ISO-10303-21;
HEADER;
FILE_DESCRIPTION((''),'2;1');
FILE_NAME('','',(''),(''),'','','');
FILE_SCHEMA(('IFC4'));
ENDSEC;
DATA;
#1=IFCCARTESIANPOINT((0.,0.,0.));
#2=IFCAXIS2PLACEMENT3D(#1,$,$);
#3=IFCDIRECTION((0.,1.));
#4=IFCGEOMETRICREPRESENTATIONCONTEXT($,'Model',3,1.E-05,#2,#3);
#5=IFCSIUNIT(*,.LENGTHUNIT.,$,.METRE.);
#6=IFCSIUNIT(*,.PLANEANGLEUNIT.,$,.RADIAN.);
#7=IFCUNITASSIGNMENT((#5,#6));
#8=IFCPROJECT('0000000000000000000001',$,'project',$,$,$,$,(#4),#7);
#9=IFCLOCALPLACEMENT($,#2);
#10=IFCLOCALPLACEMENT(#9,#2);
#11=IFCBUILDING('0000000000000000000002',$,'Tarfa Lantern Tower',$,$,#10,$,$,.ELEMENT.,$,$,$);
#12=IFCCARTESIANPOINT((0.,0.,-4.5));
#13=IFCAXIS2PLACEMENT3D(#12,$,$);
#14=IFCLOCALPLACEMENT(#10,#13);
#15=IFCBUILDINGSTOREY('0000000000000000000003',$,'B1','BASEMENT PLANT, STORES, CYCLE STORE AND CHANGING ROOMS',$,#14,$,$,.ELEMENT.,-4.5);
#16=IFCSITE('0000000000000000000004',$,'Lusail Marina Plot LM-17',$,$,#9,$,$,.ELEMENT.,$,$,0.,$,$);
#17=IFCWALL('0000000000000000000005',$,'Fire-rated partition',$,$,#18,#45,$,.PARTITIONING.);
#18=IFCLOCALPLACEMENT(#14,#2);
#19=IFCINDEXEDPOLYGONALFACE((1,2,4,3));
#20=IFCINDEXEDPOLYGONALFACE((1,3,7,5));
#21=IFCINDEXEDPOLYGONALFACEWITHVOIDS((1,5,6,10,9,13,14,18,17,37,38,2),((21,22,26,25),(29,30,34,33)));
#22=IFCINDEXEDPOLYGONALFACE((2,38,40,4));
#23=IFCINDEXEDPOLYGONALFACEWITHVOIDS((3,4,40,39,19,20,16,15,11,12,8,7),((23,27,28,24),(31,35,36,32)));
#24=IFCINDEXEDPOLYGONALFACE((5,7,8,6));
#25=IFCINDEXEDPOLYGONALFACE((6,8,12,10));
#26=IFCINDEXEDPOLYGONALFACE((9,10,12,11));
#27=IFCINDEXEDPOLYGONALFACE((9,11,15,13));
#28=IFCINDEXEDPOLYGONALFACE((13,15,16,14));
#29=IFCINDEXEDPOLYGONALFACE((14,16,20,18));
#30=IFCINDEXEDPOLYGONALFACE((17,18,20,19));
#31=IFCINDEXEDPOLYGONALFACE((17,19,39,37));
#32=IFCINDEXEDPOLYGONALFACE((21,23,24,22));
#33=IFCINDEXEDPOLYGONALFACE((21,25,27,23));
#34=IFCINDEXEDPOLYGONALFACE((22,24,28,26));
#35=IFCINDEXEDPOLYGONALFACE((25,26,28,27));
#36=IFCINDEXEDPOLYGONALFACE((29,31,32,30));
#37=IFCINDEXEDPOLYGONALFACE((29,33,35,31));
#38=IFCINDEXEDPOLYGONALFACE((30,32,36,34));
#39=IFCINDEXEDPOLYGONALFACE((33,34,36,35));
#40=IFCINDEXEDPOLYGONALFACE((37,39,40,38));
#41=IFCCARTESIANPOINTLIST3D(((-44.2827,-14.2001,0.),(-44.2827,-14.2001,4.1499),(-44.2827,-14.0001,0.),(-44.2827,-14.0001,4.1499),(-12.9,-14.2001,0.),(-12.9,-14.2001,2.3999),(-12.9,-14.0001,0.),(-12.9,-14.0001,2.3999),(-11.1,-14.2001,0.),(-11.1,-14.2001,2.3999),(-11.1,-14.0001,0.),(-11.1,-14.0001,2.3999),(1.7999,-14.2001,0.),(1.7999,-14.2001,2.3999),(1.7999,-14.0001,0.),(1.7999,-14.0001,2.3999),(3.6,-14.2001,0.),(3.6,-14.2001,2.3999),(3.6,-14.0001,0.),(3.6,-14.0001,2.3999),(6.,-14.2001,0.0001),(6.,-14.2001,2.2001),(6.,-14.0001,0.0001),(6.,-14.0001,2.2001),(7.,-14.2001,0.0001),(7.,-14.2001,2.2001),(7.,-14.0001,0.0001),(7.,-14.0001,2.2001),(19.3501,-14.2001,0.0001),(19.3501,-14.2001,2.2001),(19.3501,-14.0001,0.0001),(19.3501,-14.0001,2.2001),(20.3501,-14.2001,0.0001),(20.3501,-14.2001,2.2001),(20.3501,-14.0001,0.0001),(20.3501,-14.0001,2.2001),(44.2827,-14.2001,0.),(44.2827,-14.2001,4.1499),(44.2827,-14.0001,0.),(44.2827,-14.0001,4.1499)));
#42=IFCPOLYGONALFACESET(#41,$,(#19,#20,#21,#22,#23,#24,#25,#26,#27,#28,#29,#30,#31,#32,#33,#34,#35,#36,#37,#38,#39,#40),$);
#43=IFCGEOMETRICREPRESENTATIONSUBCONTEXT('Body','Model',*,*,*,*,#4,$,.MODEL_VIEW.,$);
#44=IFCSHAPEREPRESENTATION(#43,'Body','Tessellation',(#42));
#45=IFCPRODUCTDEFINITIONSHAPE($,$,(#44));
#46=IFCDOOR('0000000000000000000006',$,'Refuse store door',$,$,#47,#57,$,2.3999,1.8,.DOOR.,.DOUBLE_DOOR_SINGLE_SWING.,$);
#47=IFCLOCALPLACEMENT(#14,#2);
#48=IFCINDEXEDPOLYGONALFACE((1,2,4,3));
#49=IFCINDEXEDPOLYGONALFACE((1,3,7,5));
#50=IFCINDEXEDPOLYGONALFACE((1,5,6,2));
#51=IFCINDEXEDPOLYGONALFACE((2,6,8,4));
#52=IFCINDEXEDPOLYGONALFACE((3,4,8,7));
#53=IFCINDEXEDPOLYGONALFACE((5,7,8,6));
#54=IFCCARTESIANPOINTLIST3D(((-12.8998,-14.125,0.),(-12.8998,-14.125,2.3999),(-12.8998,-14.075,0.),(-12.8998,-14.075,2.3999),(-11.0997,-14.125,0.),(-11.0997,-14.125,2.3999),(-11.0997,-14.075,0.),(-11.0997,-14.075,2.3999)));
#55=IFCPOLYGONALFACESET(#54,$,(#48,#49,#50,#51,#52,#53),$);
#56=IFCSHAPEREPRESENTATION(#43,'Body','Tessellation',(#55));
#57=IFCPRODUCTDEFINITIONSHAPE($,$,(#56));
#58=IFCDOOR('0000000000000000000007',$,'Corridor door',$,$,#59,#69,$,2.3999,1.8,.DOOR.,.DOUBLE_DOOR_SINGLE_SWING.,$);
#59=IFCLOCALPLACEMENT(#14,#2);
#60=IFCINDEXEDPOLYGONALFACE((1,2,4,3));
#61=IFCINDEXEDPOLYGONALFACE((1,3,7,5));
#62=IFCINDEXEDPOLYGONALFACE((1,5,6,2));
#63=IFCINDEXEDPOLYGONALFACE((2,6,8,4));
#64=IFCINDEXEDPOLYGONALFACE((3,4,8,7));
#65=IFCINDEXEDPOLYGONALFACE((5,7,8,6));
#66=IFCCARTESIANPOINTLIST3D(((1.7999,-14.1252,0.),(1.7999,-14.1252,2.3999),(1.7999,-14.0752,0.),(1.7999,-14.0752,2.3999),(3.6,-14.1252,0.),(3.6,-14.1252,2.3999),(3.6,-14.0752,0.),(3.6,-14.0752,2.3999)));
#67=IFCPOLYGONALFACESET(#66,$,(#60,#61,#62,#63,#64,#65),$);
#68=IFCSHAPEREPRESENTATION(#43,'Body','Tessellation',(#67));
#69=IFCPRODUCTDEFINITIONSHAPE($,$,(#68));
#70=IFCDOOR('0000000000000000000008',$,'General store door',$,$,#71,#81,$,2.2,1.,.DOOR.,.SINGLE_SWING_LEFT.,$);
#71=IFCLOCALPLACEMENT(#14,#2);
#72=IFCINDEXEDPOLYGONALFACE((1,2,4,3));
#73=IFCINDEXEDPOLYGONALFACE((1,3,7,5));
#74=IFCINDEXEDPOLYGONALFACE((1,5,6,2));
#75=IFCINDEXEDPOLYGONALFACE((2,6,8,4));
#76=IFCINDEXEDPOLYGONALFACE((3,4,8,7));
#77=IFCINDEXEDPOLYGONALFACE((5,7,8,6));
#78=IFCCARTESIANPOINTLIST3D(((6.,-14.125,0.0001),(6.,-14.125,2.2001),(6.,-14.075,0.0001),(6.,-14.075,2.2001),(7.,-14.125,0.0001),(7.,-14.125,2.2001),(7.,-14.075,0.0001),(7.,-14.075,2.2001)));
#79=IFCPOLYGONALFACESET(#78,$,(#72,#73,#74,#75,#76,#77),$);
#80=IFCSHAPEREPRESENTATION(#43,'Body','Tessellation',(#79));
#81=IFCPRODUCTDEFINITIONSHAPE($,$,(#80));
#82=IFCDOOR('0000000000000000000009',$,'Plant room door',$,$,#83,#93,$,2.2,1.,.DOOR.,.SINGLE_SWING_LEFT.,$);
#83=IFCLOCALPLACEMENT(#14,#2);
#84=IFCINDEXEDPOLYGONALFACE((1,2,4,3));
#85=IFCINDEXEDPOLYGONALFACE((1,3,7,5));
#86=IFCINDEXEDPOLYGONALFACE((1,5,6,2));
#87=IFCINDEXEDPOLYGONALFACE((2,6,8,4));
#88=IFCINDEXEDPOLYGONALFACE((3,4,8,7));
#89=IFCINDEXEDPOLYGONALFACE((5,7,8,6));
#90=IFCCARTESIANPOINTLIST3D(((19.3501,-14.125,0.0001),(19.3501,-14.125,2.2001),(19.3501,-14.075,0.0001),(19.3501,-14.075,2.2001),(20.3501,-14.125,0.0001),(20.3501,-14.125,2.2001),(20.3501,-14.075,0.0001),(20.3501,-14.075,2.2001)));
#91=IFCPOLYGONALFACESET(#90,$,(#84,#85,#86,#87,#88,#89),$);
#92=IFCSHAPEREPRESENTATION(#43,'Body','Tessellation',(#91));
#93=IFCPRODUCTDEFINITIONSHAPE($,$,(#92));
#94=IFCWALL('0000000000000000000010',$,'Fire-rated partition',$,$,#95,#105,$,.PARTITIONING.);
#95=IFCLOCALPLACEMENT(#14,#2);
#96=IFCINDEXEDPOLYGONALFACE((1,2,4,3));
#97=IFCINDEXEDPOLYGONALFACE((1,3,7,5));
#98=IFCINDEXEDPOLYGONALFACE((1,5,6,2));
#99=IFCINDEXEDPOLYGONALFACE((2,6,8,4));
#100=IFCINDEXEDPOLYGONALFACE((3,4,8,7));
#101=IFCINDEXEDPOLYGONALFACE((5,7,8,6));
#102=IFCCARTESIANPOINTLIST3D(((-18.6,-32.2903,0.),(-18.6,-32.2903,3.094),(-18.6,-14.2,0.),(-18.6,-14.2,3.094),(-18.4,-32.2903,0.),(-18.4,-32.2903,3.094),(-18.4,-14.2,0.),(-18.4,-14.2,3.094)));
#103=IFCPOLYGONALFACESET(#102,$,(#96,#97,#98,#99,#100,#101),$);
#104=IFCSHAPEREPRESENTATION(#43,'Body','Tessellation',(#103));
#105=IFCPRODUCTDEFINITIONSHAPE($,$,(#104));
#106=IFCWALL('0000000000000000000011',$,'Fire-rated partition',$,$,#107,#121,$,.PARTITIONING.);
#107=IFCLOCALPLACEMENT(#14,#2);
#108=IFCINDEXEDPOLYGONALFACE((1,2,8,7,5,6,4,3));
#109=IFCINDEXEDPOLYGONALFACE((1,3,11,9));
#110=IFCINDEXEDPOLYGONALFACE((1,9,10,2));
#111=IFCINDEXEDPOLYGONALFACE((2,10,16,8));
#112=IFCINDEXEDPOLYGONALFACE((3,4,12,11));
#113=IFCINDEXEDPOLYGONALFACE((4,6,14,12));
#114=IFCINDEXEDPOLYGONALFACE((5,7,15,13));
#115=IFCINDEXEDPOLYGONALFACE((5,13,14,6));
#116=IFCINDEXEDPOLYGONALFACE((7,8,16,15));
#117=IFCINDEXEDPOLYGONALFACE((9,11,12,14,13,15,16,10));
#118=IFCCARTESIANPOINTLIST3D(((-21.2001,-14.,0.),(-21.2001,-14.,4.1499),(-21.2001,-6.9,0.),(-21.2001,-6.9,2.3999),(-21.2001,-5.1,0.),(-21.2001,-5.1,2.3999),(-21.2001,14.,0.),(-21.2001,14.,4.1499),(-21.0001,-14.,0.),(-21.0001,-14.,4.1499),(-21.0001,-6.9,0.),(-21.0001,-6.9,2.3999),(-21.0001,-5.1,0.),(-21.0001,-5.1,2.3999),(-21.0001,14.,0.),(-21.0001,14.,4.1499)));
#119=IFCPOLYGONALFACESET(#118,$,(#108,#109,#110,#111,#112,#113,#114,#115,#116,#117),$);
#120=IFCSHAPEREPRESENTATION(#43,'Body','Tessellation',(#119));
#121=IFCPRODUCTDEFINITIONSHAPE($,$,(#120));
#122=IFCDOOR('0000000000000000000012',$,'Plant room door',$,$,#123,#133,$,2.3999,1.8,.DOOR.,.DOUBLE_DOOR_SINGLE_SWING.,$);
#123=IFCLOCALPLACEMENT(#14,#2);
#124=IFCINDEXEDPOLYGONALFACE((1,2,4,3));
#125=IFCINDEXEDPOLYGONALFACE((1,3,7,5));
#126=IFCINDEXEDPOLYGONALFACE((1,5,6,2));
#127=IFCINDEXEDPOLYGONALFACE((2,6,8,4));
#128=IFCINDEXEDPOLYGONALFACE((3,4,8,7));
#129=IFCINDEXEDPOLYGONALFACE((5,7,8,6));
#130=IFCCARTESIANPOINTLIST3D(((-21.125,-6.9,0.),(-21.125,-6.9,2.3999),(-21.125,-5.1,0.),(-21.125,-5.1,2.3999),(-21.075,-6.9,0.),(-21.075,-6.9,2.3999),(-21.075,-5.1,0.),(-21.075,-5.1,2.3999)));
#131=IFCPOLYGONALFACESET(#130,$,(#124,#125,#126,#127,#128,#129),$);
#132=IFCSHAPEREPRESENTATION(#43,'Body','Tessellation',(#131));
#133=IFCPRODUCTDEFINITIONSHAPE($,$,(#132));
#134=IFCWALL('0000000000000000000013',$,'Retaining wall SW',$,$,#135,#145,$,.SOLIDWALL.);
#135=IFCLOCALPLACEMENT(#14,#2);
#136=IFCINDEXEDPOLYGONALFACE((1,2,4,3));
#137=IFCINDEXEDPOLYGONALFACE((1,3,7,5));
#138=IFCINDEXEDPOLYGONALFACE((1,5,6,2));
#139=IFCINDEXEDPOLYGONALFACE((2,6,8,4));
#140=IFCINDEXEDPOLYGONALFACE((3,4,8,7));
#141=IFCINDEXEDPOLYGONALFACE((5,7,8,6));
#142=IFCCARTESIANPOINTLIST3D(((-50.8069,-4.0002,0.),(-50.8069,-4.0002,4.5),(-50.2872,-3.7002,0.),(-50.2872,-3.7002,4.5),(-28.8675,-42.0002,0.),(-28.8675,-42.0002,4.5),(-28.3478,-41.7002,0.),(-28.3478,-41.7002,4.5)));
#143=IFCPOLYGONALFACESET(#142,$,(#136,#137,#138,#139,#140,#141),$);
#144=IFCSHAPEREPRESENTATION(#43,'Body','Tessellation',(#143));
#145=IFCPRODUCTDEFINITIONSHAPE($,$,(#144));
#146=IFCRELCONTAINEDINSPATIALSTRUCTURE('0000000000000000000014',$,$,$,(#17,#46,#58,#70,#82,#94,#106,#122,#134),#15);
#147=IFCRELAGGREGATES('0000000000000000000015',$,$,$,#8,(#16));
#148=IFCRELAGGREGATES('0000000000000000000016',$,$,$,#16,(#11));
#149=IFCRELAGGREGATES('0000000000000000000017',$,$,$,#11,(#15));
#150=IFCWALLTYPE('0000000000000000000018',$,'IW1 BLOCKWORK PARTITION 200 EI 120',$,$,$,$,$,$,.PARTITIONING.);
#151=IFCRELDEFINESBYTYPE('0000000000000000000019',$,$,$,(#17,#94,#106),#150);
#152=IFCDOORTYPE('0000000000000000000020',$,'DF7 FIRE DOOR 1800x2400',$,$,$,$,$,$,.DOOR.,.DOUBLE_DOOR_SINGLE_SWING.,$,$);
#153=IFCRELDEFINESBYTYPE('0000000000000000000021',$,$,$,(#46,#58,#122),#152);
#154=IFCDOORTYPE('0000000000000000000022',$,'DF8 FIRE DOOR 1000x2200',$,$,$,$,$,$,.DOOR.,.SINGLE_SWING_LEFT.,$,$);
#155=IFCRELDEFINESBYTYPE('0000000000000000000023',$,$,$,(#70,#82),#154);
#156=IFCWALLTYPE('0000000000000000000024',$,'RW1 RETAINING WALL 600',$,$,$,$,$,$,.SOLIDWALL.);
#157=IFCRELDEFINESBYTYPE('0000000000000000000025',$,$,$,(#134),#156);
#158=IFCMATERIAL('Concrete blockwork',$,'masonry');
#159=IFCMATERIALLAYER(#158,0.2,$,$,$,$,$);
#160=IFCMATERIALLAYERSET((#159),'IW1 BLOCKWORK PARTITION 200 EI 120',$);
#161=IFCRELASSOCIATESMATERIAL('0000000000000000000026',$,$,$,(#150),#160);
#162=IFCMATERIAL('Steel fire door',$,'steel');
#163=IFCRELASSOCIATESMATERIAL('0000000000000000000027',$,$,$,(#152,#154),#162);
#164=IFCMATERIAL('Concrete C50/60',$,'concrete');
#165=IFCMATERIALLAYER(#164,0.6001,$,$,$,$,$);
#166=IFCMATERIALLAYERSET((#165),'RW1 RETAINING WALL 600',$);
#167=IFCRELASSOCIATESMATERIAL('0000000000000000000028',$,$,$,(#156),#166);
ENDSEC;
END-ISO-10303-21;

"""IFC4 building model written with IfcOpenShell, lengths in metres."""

from ifc_helpers import new_model, si_unit, direction, frame, frame_2d, origin, place, context, subcontext, project, spatial, rectangle, extrude, material, layer, layer_set, type_object, element, fill, save


model = new_model("IFC4")

# Units and contexts
model_context = context("Model", 3, precision=1e-05, world=origin(), true_north=direction((0.0, 1.0)))
body_context = subcontext(model_context, "Body", "Model", "MODEL_VIEW")
ifc_project = project(units=[si_unit("LENGTHUNIT", "METRE"), si_unit("PLANEANGLEUNIT", "RADIAN")], contexts=[model_context])

# Site, building, storey
site_placement = place(None, origin())
site = spatial("IfcSite", under=ifc_project, at=site_placement, Name="Lusail Marina Plot LM-17", CompositionType="ELEMENT", RefElevation=0.0)
building_placement = place(site_placement, origin())
building = spatial("IfcBuilding", under=site, at=building_placement, Name="Tarfa Lantern Tower", CompositionType="ELEMENT")
storey_placement = place(building_placement, frame((0.0, 0.0, -4.5)))
storey = spatial("IfcBuildingStorey", under=building, at=storey_placement, Name="B1", Description="BASEMENT PLANT, STORES, CYCLE STORE AND CHANGING ROOMS", CompositionType="ELEMENT", Elevation=-4.5)

# Wall, openings, doors
ifc_material_1 = material(Name="Concrete blockwork", Category="masonry")
ifc_layer_1 = layer(ifc_material_1, 0.2)
ifc_layer_set_1 = layer_set([ifc_layer_1], Name="IW1 BLOCKWORK PARTITION 200 EI 120")
wall_type_1 = type_object("IfcWallType", Name="IW1 BLOCKWORK PARTITION 200 EI 120", PredefinedType="PARTITIONING", material=ifc_layer_set_1)
wall_1_placement = place(storey_placement, frame((-44.2827, -14.1001, 0.0), z_axis=(0.0, 0.0, 1.0), x_axis=(1.0, 0.0, 0.0)))
wall_1 = element("IfcWall", 1, at=wall_1_placement, inside=storey, type_object=wall_type_1, Name="Fire-rated partition", PredefinedType="PARTITIONING", context=body_context, shape_type="SweptSolid", body=[
    extrude(rectangle(XDim=88.5654, YDim=0.2, at=frame_2d((44.2827, 0.0))), origin(), (0.0, 0.0, 1.0), 4.1499),
])
opening_1_placement = place(wall_1_placement, frame((31.3828, 0.0, 0.0)))
opening_1 = element("IfcOpeningElement", 2, at=opening_1_placement, cuts=wall_1, PredefinedType="OPENING", context=body_context, shape_type="SweptSolid", body=[
    extrude(rectangle(XDim=1.8, YDim=2.3999, at=frame_2d((0.8999, 1.2))), frame((0.0, 0.1099, 0.0), z_axis=(0.0, -1.0, 0.0), x_axis=(1.0, 0.0, 0.0)), (0.0, 0.0, 1.0), 0.22),
])
opening_2_placement = place(wall_1_placement, frame((50.2827, 0.0, 0.0)))
opening_2 = element("IfcOpeningElement", 3, at=opening_2_placement, cuts=wall_1, PredefinedType="OPENING", context=body_context, shape_type="SweptSolid", body=[
    extrude(rectangle(XDim=1.0, YDim=2.2, at=frame_2d((0.5, 1.1001))), frame((0.0, 0.1099, 0.0), z_axis=(0.0, -1.0, 0.0), x_axis=(1.0, 0.0, 0.0)), (0.0, 0.0, 1.0), 0.22),
])
opening_3_placement = place(wall_1_placement, frame((46.0828, 0.0, 0.0)))
opening_3 = element("IfcOpeningElement", 4, at=opening_3_placement, cuts=wall_1, PredefinedType="OPENING", context=body_context, shape_type="SweptSolid", body=[
    extrude(rectangle(XDim=1.8, YDim=2.3999, at=frame_2d((0.8999, 1.2))), frame((0.0, 0.1099, 0.0), z_axis=(0.0, -1.0, 0.0), x_axis=(1.0, 0.0, 0.0)), (0.0, 0.0, 1.0), 0.22),
])
opening_4_placement = place(wall_1_placement, frame((63.6328, 0.0, 0.0)))
opening_4 = element("IfcOpeningElement", 5, at=opening_4_placement, cuts=wall_1, PredefinedType="OPENING", context=body_context, shape_type="SweptSolid", body=[
    extrude(rectangle(XDim=1.0, YDim=2.2, at=frame_2d((0.5, 1.1001))), frame((0.0, 0.1099, 0.0), z_axis=(0.0, -1.0, 0.0), x_axis=(1.0, 0.0, 0.0)), (0.0, 0.0, 1.0), 0.22),
])
ifc_material_2 = material(Name="Steel fire door", Category="steel")
door_type_1 = type_object("IfcDoorType", Name="DF7 FIRE DOOR 1800x2400", OperationType="DOUBLE_DOOR_SINGLE_SWING", PredefinedType="DOOR", material=ifc_material_2)
door_1_placement = place(opening_1_placement, frame((1.8, 0.0, 0.0), z_axis=(0.0, 0.0, 1.0), x_axis=(-1.0, 0.0, 0.0)))
door_1 = element("IfcDoor", 6, at=door_1_placement, inside=storey, type_object=door_type_1, Name="Refuse store door", OperationType="DOUBLE_DOOR_SINGLE_SWING", OverallHeight=2.3999, OverallWidth=1.8, PredefinedType="DOOR", context=body_context, shape_type="SweptSolid", body=[
    extrude(rectangle(XDim=1.8, YDim=2.3999, at=frame_2d((0.8999, 1.2))), frame((0.0, 0.0249, 0.0), z_axis=(0.0, -1.0, 0.0), x_axis=(1.0, 0.0, 0.0)), (0.0, 0.0, 1.0), 0.05),
])
fill(opening_1, door_1)
door_2_placement = place(opening_3_placement, origin())
door_2 = element("IfcDoor", 7, at=door_2_placement, inside=storey, type_object=door_type_1, Name="Corridor door", OperationType="DOUBLE_DOOR_SINGLE_SWING", OverallHeight=2.3999, OverallWidth=1.8, PredefinedType="DOOR", context=body_context, shape_type="SweptSolid", body=[
    extrude(rectangle(XDim=1.8, YDim=2.3999, at=frame_2d((0.8999, 1.2))), frame((0.0, 0.0249, 0.0), z_axis=(0.0, -1.0, 0.0), x_axis=(1.0, 0.0, 0.0)), (0.0, 0.0, 1.0), 0.05),
])
fill(opening_3, door_2)
door_type_2 = type_object("IfcDoorType", Name="DF8 FIRE DOOR 1000x2200", OperationType="SINGLE_SWING_LEFT", PredefinedType="DOOR", material=ifc_material_2)
door_3_placement = place(opening_2_placement, frame((1.0, 0.0, 0.0), z_axis=(0.0, 0.0, 1.0), x_axis=(-1.0, 0.0, 0.0)))
door_3 = element("IfcDoor", 8, at=door_3_placement, inside=storey, type_object=door_type_2, Name="General store door", OperationType="SINGLE_SWING_LEFT", OverallHeight=2.2, OverallWidth=1.0, PredefinedType="DOOR", context=body_context, shape_type="SweptSolid", body=[
    extrude(rectangle(XDim=1.0, YDim=2.2, at=frame_2d((0.5, 1.1001))), frame((0.0, 0.0249, 0.0), z_axis=(0.0, -1.0, 0.0), x_axis=(1.0, 0.0, 0.0)), (0.0, 0.0, 1.0), 0.05),
])
fill(opening_2, door_3)
door_4_placement = place(opening_4_placement, frame((1.0, 0.0, 0.0), z_axis=(0.0, 0.0, 1.0), x_axis=(-1.0, 0.0, 0.0)))
door_4 = element("IfcDoor", 9, at=door_4_placement, inside=storey, type_object=door_type_2, Name="Plant room door", OperationType="SINGLE_SWING_LEFT", OverallHeight=2.2, OverallWidth=1.0, PredefinedType="DOOR", context=body_context, shape_type="SweptSolid", body=[
    extrude(rectangle(XDim=1.0, YDim=2.2, at=frame_2d((0.5, 1.1001))), frame((0.0, 0.0249, 0.0), z_axis=(0.0, -1.0, 0.0), x_axis=(1.0, 0.0, 0.0)), (0.0, 0.0, 1.0), 0.05),
])
fill(opening_4, door_4)

# Wall
wall_2_placement = place(storey_placement, frame((-18.5, -14.2, 0.0), z_axis=(0.0, 0.0, 1.0), x_axis=(0.0, -1.0, 0.0)))
element("IfcWall", 10, at=wall_2_placement, inside=storey, type_object=wall_type_1, Name="Fire-rated partition", PredefinedType="PARTITIONING", context=body_context, shape_type="SweptSolid", body=[
    extrude(rectangle(XDim=18.0903, YDim=0.2, at=frame_2d((9.0452, 0.0))), origin(), (0.0, 0.0, 1.0), 3.094),
])

# Wall, opening, door
wall_3_placement = place(storey_placement, frame((-21.1001, -14.0, 0.0), z_axis=(0.0, 0.0, 1.0), x_axis=(0.0, 1.0, 0.0)))
wall_3 = element("IfcWall", 11, at=wall_3_placement, inside=storey, type_object=wall_type_1, Name="Fire-rated partition", PredefinedType="PARTITIONING", context=body_context, shape_type="SweptSolid", body=[
    extrude(rectangle(XDim=28.0, YDim=0.2, at=frame_2d((14.0, 0.0))), origin(), (0.0, 0.0, 1.0), 4.1499),
])
opening_5_placement = place(wall_3_placement, frame((7.1001, 0.0, 0.0)))
opening_5 = element("IfcOpeningElement", 12, at=opening_5_placement, cuts=wall_3, PredefinedType="OPENING", context=body_context, shape_type="SweptSolid", body=[
    extrude(rectangle(XDim=1.8, YDim=2.3999, at=frame_2d((0.8999, 1.2))), frame((0.0, 0.1099, 0.0), z_axis=(0.0, -1.0, 0.0), x_axis=(1.0, 0.0, 0.0)), (0.0, 0.0, 1.0), 0.22),
])
door_5_placement = place(opening_5_placement, origin())
door_5 = element("IfcDoor", 13, at=door_5_placement, inside=storey, type_object=door_type_1, Name="Plant room door", OperationType="DOUBLE_DOOR_SINGLE_SWING", OverallHeight=2.3999, OverallWidth=1.8, PredefinedType="DOOR", context=body_context, shape_type="SweptSolid", body=[
    extrude(rectangle(XDim=1.8, YDim=2.3999, at=frame_2d((0.8999, 1.2))), frame((0.0, 0.0249, 0.0), z_axis=(0.0, -1.0, 0.0), x_axis=(1.0, 0.0, 0.0)), (0.0, 0.0, 1.0), 0.05),
])
fill(opening_5, door_5)

# Wall
ifc_material_3 = material(Name="Concrete C50/60", Category="concrete")
ifc_layer_2 = layer(ifc_material_3, 0.6001)
ifc_layer_set_2 = layer_set([ifc_layer_2], Name="RW1 RETAINING WALL 600")
wall_type_2 = type_object("IfcWallType", Name="RW1 RETAINING WALL 600", PredefinedType="SOLIDWALL", material=ifc_layer_set_2)
wall_4_placement = place(storey_placement, frame((-50.5471, -3.8501, 0.0), z_axis=(0.0, 0.0, 1.0), x_axis=(0.500002, -0.866024, 0.0)))
element("IfcWall", 14, at=wall_4_placement, inside=storey, type_object=wall_type_2, Name="Retaining wall SW", PredefinedType="SOLIDWALL", context=body_context, shape_type="SweptSolid", body=[
    extrude(rectangle(XDim=43.8787, YDim=0.6001, at=frame_2d((21.9395, 0.0))), origin(), (0.0, 0.0, 1.0), 4.5),
])

save(model, "model.ifc")
